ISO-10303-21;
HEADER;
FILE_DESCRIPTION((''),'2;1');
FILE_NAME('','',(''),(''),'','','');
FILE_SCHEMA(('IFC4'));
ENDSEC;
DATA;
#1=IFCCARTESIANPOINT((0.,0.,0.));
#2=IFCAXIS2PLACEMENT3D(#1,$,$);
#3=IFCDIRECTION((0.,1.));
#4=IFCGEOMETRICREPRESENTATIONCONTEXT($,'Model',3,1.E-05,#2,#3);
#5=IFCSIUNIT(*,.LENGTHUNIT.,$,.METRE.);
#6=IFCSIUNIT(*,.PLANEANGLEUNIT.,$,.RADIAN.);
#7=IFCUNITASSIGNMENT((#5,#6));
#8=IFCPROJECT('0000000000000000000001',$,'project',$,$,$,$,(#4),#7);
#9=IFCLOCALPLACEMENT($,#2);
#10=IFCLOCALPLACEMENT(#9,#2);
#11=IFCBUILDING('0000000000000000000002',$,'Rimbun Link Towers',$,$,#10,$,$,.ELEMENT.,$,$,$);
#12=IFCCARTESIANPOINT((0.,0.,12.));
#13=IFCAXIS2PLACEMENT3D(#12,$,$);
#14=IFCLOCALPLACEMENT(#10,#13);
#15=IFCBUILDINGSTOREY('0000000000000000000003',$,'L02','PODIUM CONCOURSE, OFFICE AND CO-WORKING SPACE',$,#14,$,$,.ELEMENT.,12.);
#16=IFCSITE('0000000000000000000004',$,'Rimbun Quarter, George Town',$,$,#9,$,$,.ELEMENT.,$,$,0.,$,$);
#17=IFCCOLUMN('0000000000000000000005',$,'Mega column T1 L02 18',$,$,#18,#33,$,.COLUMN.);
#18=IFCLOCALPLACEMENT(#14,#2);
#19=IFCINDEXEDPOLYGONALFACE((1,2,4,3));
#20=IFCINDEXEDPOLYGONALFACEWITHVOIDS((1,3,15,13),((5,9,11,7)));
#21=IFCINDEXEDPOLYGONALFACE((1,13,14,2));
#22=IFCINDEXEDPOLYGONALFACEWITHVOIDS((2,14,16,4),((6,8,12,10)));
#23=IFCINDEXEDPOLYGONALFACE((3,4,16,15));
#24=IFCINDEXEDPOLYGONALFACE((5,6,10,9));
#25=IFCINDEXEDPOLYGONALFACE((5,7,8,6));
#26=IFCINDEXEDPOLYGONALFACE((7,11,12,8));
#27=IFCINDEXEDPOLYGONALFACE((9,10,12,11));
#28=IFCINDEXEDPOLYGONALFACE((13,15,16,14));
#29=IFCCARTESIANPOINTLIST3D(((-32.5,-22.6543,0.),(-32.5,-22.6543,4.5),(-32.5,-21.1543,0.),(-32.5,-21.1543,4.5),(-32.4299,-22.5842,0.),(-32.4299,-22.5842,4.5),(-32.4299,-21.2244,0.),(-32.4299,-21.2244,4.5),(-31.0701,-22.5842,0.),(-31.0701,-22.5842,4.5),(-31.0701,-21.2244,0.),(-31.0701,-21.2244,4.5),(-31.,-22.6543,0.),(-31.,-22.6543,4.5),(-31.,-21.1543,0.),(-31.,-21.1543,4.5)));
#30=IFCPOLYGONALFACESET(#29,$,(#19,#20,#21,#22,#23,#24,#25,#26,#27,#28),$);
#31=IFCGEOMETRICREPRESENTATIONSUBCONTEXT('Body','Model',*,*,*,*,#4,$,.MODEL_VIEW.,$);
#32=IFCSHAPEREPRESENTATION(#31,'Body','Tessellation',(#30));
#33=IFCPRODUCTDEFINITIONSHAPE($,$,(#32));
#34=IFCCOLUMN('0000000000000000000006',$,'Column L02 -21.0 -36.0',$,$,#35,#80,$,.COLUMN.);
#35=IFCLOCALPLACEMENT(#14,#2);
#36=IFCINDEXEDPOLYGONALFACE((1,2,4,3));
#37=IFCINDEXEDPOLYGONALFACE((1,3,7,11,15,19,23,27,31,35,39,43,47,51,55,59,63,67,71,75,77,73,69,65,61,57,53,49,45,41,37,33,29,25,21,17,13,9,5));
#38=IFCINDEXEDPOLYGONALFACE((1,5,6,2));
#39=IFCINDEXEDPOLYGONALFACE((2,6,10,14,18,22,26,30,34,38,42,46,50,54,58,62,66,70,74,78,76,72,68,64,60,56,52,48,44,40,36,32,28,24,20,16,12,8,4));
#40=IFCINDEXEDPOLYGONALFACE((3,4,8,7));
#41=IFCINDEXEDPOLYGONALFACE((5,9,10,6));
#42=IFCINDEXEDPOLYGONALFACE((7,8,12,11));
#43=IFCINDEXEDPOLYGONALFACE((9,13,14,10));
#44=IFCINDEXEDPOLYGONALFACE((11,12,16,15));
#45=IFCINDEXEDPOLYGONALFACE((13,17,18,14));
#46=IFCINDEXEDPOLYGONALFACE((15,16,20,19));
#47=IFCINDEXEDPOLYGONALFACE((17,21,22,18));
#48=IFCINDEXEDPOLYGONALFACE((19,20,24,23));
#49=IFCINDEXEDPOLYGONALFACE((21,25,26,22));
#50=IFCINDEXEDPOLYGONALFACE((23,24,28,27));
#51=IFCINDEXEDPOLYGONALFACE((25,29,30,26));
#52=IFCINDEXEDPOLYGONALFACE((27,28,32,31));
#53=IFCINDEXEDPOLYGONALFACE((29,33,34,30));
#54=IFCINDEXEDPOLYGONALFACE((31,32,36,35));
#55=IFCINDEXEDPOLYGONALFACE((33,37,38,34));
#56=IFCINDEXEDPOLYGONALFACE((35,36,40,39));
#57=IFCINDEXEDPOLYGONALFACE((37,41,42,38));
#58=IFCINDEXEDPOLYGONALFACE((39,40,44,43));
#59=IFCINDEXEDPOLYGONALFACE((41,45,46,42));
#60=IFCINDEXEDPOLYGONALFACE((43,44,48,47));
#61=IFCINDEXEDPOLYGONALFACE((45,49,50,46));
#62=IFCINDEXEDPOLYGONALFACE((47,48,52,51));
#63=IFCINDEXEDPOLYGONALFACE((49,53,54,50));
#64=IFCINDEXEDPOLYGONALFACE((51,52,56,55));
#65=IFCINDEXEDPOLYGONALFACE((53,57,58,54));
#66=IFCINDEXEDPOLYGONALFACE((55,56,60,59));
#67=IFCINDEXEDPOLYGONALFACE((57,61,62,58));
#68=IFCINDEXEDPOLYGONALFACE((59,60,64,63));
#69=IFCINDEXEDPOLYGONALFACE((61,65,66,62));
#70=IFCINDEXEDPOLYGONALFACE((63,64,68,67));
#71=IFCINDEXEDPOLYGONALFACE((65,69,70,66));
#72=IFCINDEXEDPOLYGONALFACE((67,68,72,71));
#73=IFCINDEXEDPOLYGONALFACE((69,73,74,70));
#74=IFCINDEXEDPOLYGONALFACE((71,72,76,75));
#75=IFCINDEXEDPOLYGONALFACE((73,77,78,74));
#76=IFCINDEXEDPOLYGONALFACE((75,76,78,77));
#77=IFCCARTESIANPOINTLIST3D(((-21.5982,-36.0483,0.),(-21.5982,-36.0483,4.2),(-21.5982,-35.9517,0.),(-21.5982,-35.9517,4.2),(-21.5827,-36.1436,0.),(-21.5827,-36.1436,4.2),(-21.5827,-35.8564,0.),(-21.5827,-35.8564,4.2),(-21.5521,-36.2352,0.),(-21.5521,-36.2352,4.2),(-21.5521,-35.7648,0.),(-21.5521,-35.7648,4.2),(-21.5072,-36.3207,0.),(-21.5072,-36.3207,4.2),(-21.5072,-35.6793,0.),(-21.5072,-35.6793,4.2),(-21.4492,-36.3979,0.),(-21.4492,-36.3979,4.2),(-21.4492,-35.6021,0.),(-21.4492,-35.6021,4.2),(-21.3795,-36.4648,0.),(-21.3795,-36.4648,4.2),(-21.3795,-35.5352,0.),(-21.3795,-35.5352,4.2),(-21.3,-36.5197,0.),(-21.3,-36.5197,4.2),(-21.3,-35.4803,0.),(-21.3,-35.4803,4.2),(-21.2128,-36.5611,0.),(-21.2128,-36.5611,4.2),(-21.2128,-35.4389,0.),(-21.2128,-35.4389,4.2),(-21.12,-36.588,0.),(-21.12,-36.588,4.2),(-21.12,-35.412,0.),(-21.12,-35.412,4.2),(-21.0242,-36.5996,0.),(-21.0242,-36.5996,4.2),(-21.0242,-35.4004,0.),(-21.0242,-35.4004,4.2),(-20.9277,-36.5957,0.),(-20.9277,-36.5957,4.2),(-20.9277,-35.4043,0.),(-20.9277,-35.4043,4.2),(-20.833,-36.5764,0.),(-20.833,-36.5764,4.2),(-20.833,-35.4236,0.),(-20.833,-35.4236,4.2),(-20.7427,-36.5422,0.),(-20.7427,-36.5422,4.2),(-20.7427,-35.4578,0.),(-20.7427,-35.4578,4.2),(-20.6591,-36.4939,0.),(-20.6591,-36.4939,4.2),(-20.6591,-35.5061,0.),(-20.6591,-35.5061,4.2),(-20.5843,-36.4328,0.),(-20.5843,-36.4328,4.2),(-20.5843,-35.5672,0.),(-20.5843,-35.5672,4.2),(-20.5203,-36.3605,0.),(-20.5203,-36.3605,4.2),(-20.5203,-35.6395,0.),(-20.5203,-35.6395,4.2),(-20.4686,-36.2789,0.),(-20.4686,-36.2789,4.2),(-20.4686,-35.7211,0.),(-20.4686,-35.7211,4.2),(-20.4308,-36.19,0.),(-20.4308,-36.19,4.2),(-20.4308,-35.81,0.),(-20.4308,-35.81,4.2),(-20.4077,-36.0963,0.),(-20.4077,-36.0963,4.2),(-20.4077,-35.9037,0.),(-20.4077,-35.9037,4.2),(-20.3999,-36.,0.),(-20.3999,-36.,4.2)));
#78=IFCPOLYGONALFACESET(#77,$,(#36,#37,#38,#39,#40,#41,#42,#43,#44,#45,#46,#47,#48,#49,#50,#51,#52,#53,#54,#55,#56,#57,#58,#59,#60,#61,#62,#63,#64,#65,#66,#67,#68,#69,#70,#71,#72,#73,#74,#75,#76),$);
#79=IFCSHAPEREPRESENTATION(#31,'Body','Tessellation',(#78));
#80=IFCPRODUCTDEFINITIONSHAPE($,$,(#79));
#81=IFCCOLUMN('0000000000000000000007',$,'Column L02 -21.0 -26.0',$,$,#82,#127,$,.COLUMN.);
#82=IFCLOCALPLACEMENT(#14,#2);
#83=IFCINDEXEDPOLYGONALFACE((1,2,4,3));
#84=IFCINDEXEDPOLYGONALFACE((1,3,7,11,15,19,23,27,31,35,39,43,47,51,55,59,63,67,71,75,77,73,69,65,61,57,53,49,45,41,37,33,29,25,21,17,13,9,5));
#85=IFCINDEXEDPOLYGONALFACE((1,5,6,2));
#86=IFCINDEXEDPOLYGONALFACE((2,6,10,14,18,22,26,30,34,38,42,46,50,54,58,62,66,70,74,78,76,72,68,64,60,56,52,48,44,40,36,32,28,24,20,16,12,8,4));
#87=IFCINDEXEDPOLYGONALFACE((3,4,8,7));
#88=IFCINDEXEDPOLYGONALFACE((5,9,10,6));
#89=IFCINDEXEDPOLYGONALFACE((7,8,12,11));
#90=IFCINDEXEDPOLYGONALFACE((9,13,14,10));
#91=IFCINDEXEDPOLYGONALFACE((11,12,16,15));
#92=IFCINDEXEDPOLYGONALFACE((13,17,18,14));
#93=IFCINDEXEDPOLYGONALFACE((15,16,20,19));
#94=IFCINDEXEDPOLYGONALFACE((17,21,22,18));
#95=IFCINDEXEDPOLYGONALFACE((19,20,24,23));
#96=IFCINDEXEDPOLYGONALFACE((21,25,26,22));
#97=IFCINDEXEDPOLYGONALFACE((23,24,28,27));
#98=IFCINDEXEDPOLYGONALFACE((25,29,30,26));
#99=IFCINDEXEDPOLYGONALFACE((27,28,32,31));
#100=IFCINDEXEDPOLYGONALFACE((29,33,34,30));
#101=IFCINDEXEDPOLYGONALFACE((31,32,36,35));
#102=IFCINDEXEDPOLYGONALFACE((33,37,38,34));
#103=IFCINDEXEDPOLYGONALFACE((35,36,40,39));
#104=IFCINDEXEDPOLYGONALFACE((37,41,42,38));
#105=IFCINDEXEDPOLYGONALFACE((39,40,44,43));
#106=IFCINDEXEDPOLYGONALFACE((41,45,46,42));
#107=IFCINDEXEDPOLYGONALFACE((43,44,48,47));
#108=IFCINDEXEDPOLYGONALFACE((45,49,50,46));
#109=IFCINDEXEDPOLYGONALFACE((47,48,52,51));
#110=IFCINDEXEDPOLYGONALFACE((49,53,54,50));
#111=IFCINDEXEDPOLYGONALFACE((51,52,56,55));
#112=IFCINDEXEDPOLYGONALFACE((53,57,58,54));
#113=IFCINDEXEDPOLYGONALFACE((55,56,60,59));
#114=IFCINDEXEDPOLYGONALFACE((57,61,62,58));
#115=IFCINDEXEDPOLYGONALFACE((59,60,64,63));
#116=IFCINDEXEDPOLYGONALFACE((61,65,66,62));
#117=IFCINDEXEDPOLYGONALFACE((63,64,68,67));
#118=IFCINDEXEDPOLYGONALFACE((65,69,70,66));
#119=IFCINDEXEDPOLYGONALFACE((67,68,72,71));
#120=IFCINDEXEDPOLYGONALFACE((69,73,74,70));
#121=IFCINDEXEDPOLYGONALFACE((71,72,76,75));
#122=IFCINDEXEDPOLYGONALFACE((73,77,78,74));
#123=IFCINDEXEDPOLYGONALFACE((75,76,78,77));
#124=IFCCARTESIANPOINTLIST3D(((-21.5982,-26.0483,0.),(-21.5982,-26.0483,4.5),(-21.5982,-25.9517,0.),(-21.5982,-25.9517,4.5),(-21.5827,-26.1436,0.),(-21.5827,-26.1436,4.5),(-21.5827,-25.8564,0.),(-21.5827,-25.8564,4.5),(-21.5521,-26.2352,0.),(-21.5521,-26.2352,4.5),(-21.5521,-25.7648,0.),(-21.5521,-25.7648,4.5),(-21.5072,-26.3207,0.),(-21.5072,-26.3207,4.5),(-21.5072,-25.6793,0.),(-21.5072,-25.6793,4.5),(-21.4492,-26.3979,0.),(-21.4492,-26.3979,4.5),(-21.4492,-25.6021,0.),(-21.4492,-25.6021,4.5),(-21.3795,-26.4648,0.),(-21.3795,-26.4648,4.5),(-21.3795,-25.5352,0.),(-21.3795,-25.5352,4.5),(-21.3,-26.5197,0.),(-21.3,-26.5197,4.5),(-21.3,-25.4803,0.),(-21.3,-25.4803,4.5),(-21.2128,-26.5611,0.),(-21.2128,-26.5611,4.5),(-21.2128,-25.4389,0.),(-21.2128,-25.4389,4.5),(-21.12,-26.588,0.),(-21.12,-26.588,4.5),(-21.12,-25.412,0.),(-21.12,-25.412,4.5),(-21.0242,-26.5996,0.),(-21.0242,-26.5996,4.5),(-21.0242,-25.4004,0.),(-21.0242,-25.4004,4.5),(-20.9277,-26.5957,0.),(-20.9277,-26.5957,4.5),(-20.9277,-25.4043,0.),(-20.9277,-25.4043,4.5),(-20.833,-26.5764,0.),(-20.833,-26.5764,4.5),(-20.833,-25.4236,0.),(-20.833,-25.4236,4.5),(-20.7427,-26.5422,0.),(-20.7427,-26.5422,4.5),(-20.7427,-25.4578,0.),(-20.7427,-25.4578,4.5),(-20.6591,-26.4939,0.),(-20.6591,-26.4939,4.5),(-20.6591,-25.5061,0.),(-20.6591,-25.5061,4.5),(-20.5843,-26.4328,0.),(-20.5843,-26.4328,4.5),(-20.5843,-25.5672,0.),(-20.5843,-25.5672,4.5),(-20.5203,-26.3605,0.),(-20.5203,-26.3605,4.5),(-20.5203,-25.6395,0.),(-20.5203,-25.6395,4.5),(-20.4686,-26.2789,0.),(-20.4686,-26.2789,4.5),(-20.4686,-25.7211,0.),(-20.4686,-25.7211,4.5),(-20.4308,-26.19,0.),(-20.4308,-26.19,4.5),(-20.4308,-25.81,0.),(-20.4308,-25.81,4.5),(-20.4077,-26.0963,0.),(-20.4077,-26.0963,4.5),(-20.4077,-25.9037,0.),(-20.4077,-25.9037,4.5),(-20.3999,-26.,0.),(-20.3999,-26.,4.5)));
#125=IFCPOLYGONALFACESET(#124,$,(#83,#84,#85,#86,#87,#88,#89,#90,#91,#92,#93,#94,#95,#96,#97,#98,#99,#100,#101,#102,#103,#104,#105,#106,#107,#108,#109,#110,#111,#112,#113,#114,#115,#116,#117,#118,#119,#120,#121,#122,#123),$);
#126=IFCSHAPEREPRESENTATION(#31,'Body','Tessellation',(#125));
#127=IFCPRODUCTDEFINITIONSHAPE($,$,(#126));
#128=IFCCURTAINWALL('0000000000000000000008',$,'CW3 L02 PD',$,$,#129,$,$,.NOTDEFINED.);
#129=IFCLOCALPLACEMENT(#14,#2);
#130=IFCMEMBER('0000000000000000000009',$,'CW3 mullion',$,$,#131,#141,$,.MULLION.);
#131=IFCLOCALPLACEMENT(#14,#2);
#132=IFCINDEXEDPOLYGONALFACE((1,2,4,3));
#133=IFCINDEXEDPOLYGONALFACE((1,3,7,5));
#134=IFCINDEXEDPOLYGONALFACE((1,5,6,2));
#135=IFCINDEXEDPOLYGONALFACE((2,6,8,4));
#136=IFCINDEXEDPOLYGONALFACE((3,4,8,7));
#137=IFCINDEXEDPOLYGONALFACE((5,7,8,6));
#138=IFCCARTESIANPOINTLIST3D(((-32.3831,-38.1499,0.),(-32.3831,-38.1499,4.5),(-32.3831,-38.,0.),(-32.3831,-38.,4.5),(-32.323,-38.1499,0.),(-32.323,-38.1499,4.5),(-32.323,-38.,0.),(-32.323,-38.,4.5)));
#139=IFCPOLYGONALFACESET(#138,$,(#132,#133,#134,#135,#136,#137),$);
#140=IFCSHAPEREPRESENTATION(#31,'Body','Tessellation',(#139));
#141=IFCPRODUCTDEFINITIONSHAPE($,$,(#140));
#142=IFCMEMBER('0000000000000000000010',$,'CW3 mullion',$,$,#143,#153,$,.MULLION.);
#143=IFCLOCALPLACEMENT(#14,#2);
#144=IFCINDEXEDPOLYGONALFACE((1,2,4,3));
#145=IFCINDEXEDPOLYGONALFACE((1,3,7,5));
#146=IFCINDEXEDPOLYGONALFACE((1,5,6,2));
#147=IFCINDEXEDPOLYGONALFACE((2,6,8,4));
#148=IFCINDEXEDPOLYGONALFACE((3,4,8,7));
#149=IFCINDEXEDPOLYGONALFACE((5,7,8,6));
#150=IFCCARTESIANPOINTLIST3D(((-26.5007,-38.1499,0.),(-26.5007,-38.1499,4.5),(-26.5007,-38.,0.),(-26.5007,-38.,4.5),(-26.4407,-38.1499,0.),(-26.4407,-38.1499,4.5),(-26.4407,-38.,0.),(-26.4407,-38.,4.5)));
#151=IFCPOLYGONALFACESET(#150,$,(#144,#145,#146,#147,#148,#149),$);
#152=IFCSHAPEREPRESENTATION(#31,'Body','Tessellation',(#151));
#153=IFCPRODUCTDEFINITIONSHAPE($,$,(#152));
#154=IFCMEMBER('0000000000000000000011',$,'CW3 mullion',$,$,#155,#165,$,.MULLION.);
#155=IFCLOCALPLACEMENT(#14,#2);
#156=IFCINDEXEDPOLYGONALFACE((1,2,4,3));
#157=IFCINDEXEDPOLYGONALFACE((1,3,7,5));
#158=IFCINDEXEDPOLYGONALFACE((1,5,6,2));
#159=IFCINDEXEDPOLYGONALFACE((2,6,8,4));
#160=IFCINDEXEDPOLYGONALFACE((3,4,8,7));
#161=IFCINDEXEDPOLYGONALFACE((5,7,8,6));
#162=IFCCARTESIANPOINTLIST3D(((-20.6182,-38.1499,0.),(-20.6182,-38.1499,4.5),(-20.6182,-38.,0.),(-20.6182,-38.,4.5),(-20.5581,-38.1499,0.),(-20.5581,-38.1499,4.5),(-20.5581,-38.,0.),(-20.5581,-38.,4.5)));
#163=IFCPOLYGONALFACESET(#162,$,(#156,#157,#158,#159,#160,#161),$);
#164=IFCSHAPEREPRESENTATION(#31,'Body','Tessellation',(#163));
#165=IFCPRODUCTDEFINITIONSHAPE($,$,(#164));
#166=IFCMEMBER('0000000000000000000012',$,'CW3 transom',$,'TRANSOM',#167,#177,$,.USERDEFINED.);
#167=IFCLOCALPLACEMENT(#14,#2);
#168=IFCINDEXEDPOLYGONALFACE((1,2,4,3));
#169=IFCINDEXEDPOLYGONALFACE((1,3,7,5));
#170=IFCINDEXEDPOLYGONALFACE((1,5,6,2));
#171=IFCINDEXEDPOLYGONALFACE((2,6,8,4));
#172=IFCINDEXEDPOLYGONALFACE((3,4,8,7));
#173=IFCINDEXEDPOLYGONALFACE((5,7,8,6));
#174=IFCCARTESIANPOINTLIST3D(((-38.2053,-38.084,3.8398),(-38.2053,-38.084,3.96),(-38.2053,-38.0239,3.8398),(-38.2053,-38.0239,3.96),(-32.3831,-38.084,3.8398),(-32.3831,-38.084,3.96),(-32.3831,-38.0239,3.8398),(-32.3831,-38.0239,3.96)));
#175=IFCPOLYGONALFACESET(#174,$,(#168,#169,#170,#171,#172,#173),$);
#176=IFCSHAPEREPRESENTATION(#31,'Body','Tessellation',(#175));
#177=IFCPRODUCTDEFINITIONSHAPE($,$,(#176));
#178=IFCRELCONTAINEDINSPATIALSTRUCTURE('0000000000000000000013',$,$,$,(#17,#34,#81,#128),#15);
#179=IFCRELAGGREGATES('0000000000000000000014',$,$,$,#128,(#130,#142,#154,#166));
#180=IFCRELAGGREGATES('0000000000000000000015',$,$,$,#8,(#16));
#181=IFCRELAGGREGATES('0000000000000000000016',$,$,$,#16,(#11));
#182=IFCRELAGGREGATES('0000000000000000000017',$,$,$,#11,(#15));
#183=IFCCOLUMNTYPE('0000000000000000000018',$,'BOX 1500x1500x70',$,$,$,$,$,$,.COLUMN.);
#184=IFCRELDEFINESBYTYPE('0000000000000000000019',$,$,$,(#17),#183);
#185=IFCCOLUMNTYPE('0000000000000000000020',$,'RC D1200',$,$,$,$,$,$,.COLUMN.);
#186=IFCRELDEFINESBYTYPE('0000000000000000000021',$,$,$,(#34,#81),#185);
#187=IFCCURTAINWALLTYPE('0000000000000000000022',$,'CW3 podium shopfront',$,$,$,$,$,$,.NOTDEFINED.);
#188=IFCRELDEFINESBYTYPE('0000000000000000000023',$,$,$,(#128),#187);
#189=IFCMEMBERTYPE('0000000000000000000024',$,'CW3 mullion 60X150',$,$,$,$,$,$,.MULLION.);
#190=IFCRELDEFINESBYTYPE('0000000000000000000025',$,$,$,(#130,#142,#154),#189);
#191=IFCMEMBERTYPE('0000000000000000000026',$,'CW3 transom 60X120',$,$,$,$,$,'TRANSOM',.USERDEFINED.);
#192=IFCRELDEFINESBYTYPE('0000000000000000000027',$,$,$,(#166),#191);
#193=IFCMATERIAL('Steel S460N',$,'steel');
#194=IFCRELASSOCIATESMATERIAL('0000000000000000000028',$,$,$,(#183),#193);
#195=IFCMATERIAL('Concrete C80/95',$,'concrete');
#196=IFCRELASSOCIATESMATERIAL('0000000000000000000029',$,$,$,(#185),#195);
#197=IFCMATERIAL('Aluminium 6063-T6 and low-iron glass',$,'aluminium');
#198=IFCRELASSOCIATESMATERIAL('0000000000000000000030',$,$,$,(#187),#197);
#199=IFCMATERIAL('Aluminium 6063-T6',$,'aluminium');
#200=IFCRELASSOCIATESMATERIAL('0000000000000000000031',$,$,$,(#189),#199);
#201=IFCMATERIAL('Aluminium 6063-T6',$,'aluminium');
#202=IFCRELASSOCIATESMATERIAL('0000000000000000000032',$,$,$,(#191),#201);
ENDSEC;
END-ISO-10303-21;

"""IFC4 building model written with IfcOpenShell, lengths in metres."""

from ifc_helpers import new_model, si_unit, direction, frame, origin, origin_2d, place, context, subcontext, project, spatial, rectangle, hollow_rectangle, circle, extrude, material, material_profile, profile_set, type_object, element, aggregate, save


model = new_model("IFC4")

# Units and contexts
model_context = context("Model", 3, precision=1e-05, world=origin(), true_north=direction((0.0, 1.0)))
body_context = subcontext(model_context, "Body", "Model", "MODEL_VIEW")
ifc_project = project(units=[si_unit("LENGTHUNIT", "METRE"), si_unit("PLANEANGLEUNIT", "RADIAN")], contexts=[model_context])

# Site, building, storey
site_placement = place(None, origin())
site = spatial("IfcSite", under=ifc_project, at=site_placement, Name="Rimbun Quarter, George Town", CompositionType="ELEMENT", RefElevation=0.0)
building_placement = place(site_placement, origin())
building = spatial("IfcBuilding", under=site, at=building_placement, Name="Rimbun Link Towers", CompositionType="ELEMENT")
storey_placement = place(building_placement, frame((0.0, 0.0, 12.0)))
storey = spatial("IfcBuildingStorey", under=building, at=storey_placement, Name="L02", Description="PODIUM CONCOURSE, OFFICE AND CO-WORKING SPACE", CompositionType="ELEMENT", Elevation=12.0)

# Columns
ifc_material_1 = material(Name="Steel S460N", Category="steel")
ifc_material_profile_1 = material_profile(ifc_material_1, hollow_rectangle(XDim=1.5, YDim=1.5, WallThickness=0.0701, at=origin_2d()), Name="BOX 1500x1500x70")
ifc_profile_set_1 = profile_set([ifc_material_profile_1], Name="Steel S460N")
column_type_1 = type_object("IfcColumnType", Name="BOX 1500x1500x70", PredefinedType="COLUMN", material=ifc_profile_set_1)
column_1_placement = place(storey_placement, frame((-31.75, -21.9043, 0.0), z_axis=(0.0, 0.0, 1.0), x_axis=(0.0, -1.0, 0.0)))
element("IfcColumn", 1, at=column_1_placement, inside=storey, type_object=column_type_1, Name="Mega column T1 L02 18", PredefinedType="COLUMN", context=body_context, shape_type="SweptSolid", body=[
    extrude(hollow_rectangle(XDim=1.5, YDim=1.5, WallThickness=0.0701, at=origin_2d()), origin(), (0.0, 0.0, 1.0), 4.5),
])
ifc_material_2 = material(Name="Concrete C80/95", Category="concrete")
ifc_material_profile_2 = material_profile(ifc_material_2, circle(Radius=0.6001, at=origin_2d()), Name="RC D1200")
ifc_profile_set_2 = profile_set([ifc_material_profile_2], Name="Concrete C80/95")
column_type_2 = type_object("IfcColumnType", Name="RC D1200", PredefinedType="COLUMN", material=ifc_profile_set_2)
column_2_placement = place(storey_placement, frame((-21.0, -36.0, 0.0), z_axis=(0.0, 0.0, 1.0), x_axis=(1.0, 0.0, 0.0)))
element("IfcColumn", 2, at=column_2_placement, inside=storey, type_object=column_type_2, Name="Column L02 -21.0 -36.0", PredefinedType="COLUMN", context=body_context, shape_type="SweptSolid", body=[
    extrude(circle(Radius=0.6001, at=origin_2d()), origin(), (0.0, 0.0, 1.0), 4.2),
])
column_3_placement = place(storey_placement, frame((-21.0, -26.0, 0.0), z_axis=(0.0, 0.0, 1.0), x_axis=(1.0, 0.0, 0.0)))
element("IfcColumn", 3, at=column_3_placement, inside=storey, type_object=column_type_2, Name="Column L02 -21.0 -26.0", PredefinedType="COLUMN", context=body_context, shape_type="SweptSolid", body=[
    extrude(circle(Radius=0.6001, at=origin_2d()), origin(), (0.0, 0.0, 1.0), 4.5),
])

# Curtain wall, members
ifc_material_3 = material(Name="Aluminium 6063-T6 and low-iron glass", Category="aluminium")
curtain_wall_type = type_object("IfcCurtainWallType", Name="CW3 podium shopfront", PredefinedType="NOTDEFINED", material=ifc_material_3)
curtain_wall_placement = place(storey_placement, origin())
curtain_wall = element("IfcCurtainWall", 4, at=curtain_wall_placement, inside=storey, type_object=curtain_wall_type, Name="CW3 L02 PD", PredefinedType="NOTDEFINED")
ifc_material_4 = material(Name="Aluminium 6063-T6", Category="aluminium")
ifc_material_profile_3 = material_profile(ifc_material_4, rectangle(XDim=0.1499, YDim=0.0601, at=origin_2d()), Name="MULLION 60X150")
ifc_profile_set_3 = profile_set([ifc_material_profile_3], Name="Aluminium 6063-T6")
member_type_1 = type_object("IfcMemberType", Name="CW3 mullion 60X150", PredefinedType="MULLION", material=ifc_profile_set_3)
member_1_placement = place(storey_placement, frame((-32.353, -38.075, 0.0), z_axis=(0.0, 0.0, 1.0), x_axis=(0.0, -1.0, 0.0)))
member_1 = element("IfcMember", 5, at=member_1_placement, type_object=member_type_1, Name="CW3 mullion", PredefinedType="MULLION", context=body_context, shape_type="SweptSolid", body=[
    extrude(rectangle(XDim=0.1499, YDim=0.0601, at=origin_2d()), origin(), (0.0, 0.0, 1.0), 4.5),
])
member_2_placement = place(storey_placement, frame((-26.4707, -38.075, 0.0), z_axis=(0.0, 0.0, 1.0), x_axis=(0.0, -1.0, 0.0)))
member_2 = element("IfcMember", 6, at=member_2_placement, type_object=member_type_1, Name="CW3 mullion", PredefinedType="MULLION", context=body_context, shape_type="SweptSolid", body=[
    extrude(rectangle(XDim=0.1499, YDim=0.0601, at=origin_2d()), origin(), (0.0, 0.0, 1.0), 4.5),
])
member_3_placement = place(storey_placement, frame((-20.5881, -38.075, 0.0), z_axis=(0.0, 0.0, 1.0), x_axis=(0.0, -1.0, 0.0)))
member_3 = element("IfcMember", 7, at=member_3_placement, type_object=member_type_1, Name="CW3 mullion", PredefinedType="MULLION", context=body_context, shape_type="SweptSolid", body=[
    extrude(rectangle(XDim=0.1499, YDim=0.0601, at=origin_2d()), origin(), (0.0, 0.0, 1.0), 4.5),
])
ifc_material_5 = material(Name="Aluminium 6063-T6", Category="aluminium")
ifc_material_profile_4 = material_profile(ifc_material_5, rectangle(XDim=0.0601, YDim=0.1201, at=origin_2d()), Name="TRANSOM 60X120")
ifc_profile_set_4 = profile_set([ifc_material_profile_4], Name="Aluminium 6063-T6")
member_type_2 = type_object("IfcMemberType", Name="CW3 transom 60X120", ElementType="TRANSOM", PredefinedType="USERDEFINED", material=ifc_profile_set_4)
member_4_placement = place(storey_placement, frame((-32.3831, -38.054, 3.8999), z_axis=(-1.0, 0.0, 0.0), x_axis=(0.0, -1.0, 0.0)))
member_4 = element("IfcMember", 8, at=member_4_placement, type_object=member_type_2, Name="CW3 transom", ObjectType="TRANSOM", PredefinedType="USERDEFINED", context=body_context, shape_type="SweptSolid", body=[
    extrude(rectangle(XDim=0.0601, YDim=0.1201, at=origin_2d()), origin(), (0.0, 0.0, 1.0), 5.8223),
])
aggregate(curtain_wall, [member_1, member_2, member_3, member_4])

save(model, "model.ifc")
